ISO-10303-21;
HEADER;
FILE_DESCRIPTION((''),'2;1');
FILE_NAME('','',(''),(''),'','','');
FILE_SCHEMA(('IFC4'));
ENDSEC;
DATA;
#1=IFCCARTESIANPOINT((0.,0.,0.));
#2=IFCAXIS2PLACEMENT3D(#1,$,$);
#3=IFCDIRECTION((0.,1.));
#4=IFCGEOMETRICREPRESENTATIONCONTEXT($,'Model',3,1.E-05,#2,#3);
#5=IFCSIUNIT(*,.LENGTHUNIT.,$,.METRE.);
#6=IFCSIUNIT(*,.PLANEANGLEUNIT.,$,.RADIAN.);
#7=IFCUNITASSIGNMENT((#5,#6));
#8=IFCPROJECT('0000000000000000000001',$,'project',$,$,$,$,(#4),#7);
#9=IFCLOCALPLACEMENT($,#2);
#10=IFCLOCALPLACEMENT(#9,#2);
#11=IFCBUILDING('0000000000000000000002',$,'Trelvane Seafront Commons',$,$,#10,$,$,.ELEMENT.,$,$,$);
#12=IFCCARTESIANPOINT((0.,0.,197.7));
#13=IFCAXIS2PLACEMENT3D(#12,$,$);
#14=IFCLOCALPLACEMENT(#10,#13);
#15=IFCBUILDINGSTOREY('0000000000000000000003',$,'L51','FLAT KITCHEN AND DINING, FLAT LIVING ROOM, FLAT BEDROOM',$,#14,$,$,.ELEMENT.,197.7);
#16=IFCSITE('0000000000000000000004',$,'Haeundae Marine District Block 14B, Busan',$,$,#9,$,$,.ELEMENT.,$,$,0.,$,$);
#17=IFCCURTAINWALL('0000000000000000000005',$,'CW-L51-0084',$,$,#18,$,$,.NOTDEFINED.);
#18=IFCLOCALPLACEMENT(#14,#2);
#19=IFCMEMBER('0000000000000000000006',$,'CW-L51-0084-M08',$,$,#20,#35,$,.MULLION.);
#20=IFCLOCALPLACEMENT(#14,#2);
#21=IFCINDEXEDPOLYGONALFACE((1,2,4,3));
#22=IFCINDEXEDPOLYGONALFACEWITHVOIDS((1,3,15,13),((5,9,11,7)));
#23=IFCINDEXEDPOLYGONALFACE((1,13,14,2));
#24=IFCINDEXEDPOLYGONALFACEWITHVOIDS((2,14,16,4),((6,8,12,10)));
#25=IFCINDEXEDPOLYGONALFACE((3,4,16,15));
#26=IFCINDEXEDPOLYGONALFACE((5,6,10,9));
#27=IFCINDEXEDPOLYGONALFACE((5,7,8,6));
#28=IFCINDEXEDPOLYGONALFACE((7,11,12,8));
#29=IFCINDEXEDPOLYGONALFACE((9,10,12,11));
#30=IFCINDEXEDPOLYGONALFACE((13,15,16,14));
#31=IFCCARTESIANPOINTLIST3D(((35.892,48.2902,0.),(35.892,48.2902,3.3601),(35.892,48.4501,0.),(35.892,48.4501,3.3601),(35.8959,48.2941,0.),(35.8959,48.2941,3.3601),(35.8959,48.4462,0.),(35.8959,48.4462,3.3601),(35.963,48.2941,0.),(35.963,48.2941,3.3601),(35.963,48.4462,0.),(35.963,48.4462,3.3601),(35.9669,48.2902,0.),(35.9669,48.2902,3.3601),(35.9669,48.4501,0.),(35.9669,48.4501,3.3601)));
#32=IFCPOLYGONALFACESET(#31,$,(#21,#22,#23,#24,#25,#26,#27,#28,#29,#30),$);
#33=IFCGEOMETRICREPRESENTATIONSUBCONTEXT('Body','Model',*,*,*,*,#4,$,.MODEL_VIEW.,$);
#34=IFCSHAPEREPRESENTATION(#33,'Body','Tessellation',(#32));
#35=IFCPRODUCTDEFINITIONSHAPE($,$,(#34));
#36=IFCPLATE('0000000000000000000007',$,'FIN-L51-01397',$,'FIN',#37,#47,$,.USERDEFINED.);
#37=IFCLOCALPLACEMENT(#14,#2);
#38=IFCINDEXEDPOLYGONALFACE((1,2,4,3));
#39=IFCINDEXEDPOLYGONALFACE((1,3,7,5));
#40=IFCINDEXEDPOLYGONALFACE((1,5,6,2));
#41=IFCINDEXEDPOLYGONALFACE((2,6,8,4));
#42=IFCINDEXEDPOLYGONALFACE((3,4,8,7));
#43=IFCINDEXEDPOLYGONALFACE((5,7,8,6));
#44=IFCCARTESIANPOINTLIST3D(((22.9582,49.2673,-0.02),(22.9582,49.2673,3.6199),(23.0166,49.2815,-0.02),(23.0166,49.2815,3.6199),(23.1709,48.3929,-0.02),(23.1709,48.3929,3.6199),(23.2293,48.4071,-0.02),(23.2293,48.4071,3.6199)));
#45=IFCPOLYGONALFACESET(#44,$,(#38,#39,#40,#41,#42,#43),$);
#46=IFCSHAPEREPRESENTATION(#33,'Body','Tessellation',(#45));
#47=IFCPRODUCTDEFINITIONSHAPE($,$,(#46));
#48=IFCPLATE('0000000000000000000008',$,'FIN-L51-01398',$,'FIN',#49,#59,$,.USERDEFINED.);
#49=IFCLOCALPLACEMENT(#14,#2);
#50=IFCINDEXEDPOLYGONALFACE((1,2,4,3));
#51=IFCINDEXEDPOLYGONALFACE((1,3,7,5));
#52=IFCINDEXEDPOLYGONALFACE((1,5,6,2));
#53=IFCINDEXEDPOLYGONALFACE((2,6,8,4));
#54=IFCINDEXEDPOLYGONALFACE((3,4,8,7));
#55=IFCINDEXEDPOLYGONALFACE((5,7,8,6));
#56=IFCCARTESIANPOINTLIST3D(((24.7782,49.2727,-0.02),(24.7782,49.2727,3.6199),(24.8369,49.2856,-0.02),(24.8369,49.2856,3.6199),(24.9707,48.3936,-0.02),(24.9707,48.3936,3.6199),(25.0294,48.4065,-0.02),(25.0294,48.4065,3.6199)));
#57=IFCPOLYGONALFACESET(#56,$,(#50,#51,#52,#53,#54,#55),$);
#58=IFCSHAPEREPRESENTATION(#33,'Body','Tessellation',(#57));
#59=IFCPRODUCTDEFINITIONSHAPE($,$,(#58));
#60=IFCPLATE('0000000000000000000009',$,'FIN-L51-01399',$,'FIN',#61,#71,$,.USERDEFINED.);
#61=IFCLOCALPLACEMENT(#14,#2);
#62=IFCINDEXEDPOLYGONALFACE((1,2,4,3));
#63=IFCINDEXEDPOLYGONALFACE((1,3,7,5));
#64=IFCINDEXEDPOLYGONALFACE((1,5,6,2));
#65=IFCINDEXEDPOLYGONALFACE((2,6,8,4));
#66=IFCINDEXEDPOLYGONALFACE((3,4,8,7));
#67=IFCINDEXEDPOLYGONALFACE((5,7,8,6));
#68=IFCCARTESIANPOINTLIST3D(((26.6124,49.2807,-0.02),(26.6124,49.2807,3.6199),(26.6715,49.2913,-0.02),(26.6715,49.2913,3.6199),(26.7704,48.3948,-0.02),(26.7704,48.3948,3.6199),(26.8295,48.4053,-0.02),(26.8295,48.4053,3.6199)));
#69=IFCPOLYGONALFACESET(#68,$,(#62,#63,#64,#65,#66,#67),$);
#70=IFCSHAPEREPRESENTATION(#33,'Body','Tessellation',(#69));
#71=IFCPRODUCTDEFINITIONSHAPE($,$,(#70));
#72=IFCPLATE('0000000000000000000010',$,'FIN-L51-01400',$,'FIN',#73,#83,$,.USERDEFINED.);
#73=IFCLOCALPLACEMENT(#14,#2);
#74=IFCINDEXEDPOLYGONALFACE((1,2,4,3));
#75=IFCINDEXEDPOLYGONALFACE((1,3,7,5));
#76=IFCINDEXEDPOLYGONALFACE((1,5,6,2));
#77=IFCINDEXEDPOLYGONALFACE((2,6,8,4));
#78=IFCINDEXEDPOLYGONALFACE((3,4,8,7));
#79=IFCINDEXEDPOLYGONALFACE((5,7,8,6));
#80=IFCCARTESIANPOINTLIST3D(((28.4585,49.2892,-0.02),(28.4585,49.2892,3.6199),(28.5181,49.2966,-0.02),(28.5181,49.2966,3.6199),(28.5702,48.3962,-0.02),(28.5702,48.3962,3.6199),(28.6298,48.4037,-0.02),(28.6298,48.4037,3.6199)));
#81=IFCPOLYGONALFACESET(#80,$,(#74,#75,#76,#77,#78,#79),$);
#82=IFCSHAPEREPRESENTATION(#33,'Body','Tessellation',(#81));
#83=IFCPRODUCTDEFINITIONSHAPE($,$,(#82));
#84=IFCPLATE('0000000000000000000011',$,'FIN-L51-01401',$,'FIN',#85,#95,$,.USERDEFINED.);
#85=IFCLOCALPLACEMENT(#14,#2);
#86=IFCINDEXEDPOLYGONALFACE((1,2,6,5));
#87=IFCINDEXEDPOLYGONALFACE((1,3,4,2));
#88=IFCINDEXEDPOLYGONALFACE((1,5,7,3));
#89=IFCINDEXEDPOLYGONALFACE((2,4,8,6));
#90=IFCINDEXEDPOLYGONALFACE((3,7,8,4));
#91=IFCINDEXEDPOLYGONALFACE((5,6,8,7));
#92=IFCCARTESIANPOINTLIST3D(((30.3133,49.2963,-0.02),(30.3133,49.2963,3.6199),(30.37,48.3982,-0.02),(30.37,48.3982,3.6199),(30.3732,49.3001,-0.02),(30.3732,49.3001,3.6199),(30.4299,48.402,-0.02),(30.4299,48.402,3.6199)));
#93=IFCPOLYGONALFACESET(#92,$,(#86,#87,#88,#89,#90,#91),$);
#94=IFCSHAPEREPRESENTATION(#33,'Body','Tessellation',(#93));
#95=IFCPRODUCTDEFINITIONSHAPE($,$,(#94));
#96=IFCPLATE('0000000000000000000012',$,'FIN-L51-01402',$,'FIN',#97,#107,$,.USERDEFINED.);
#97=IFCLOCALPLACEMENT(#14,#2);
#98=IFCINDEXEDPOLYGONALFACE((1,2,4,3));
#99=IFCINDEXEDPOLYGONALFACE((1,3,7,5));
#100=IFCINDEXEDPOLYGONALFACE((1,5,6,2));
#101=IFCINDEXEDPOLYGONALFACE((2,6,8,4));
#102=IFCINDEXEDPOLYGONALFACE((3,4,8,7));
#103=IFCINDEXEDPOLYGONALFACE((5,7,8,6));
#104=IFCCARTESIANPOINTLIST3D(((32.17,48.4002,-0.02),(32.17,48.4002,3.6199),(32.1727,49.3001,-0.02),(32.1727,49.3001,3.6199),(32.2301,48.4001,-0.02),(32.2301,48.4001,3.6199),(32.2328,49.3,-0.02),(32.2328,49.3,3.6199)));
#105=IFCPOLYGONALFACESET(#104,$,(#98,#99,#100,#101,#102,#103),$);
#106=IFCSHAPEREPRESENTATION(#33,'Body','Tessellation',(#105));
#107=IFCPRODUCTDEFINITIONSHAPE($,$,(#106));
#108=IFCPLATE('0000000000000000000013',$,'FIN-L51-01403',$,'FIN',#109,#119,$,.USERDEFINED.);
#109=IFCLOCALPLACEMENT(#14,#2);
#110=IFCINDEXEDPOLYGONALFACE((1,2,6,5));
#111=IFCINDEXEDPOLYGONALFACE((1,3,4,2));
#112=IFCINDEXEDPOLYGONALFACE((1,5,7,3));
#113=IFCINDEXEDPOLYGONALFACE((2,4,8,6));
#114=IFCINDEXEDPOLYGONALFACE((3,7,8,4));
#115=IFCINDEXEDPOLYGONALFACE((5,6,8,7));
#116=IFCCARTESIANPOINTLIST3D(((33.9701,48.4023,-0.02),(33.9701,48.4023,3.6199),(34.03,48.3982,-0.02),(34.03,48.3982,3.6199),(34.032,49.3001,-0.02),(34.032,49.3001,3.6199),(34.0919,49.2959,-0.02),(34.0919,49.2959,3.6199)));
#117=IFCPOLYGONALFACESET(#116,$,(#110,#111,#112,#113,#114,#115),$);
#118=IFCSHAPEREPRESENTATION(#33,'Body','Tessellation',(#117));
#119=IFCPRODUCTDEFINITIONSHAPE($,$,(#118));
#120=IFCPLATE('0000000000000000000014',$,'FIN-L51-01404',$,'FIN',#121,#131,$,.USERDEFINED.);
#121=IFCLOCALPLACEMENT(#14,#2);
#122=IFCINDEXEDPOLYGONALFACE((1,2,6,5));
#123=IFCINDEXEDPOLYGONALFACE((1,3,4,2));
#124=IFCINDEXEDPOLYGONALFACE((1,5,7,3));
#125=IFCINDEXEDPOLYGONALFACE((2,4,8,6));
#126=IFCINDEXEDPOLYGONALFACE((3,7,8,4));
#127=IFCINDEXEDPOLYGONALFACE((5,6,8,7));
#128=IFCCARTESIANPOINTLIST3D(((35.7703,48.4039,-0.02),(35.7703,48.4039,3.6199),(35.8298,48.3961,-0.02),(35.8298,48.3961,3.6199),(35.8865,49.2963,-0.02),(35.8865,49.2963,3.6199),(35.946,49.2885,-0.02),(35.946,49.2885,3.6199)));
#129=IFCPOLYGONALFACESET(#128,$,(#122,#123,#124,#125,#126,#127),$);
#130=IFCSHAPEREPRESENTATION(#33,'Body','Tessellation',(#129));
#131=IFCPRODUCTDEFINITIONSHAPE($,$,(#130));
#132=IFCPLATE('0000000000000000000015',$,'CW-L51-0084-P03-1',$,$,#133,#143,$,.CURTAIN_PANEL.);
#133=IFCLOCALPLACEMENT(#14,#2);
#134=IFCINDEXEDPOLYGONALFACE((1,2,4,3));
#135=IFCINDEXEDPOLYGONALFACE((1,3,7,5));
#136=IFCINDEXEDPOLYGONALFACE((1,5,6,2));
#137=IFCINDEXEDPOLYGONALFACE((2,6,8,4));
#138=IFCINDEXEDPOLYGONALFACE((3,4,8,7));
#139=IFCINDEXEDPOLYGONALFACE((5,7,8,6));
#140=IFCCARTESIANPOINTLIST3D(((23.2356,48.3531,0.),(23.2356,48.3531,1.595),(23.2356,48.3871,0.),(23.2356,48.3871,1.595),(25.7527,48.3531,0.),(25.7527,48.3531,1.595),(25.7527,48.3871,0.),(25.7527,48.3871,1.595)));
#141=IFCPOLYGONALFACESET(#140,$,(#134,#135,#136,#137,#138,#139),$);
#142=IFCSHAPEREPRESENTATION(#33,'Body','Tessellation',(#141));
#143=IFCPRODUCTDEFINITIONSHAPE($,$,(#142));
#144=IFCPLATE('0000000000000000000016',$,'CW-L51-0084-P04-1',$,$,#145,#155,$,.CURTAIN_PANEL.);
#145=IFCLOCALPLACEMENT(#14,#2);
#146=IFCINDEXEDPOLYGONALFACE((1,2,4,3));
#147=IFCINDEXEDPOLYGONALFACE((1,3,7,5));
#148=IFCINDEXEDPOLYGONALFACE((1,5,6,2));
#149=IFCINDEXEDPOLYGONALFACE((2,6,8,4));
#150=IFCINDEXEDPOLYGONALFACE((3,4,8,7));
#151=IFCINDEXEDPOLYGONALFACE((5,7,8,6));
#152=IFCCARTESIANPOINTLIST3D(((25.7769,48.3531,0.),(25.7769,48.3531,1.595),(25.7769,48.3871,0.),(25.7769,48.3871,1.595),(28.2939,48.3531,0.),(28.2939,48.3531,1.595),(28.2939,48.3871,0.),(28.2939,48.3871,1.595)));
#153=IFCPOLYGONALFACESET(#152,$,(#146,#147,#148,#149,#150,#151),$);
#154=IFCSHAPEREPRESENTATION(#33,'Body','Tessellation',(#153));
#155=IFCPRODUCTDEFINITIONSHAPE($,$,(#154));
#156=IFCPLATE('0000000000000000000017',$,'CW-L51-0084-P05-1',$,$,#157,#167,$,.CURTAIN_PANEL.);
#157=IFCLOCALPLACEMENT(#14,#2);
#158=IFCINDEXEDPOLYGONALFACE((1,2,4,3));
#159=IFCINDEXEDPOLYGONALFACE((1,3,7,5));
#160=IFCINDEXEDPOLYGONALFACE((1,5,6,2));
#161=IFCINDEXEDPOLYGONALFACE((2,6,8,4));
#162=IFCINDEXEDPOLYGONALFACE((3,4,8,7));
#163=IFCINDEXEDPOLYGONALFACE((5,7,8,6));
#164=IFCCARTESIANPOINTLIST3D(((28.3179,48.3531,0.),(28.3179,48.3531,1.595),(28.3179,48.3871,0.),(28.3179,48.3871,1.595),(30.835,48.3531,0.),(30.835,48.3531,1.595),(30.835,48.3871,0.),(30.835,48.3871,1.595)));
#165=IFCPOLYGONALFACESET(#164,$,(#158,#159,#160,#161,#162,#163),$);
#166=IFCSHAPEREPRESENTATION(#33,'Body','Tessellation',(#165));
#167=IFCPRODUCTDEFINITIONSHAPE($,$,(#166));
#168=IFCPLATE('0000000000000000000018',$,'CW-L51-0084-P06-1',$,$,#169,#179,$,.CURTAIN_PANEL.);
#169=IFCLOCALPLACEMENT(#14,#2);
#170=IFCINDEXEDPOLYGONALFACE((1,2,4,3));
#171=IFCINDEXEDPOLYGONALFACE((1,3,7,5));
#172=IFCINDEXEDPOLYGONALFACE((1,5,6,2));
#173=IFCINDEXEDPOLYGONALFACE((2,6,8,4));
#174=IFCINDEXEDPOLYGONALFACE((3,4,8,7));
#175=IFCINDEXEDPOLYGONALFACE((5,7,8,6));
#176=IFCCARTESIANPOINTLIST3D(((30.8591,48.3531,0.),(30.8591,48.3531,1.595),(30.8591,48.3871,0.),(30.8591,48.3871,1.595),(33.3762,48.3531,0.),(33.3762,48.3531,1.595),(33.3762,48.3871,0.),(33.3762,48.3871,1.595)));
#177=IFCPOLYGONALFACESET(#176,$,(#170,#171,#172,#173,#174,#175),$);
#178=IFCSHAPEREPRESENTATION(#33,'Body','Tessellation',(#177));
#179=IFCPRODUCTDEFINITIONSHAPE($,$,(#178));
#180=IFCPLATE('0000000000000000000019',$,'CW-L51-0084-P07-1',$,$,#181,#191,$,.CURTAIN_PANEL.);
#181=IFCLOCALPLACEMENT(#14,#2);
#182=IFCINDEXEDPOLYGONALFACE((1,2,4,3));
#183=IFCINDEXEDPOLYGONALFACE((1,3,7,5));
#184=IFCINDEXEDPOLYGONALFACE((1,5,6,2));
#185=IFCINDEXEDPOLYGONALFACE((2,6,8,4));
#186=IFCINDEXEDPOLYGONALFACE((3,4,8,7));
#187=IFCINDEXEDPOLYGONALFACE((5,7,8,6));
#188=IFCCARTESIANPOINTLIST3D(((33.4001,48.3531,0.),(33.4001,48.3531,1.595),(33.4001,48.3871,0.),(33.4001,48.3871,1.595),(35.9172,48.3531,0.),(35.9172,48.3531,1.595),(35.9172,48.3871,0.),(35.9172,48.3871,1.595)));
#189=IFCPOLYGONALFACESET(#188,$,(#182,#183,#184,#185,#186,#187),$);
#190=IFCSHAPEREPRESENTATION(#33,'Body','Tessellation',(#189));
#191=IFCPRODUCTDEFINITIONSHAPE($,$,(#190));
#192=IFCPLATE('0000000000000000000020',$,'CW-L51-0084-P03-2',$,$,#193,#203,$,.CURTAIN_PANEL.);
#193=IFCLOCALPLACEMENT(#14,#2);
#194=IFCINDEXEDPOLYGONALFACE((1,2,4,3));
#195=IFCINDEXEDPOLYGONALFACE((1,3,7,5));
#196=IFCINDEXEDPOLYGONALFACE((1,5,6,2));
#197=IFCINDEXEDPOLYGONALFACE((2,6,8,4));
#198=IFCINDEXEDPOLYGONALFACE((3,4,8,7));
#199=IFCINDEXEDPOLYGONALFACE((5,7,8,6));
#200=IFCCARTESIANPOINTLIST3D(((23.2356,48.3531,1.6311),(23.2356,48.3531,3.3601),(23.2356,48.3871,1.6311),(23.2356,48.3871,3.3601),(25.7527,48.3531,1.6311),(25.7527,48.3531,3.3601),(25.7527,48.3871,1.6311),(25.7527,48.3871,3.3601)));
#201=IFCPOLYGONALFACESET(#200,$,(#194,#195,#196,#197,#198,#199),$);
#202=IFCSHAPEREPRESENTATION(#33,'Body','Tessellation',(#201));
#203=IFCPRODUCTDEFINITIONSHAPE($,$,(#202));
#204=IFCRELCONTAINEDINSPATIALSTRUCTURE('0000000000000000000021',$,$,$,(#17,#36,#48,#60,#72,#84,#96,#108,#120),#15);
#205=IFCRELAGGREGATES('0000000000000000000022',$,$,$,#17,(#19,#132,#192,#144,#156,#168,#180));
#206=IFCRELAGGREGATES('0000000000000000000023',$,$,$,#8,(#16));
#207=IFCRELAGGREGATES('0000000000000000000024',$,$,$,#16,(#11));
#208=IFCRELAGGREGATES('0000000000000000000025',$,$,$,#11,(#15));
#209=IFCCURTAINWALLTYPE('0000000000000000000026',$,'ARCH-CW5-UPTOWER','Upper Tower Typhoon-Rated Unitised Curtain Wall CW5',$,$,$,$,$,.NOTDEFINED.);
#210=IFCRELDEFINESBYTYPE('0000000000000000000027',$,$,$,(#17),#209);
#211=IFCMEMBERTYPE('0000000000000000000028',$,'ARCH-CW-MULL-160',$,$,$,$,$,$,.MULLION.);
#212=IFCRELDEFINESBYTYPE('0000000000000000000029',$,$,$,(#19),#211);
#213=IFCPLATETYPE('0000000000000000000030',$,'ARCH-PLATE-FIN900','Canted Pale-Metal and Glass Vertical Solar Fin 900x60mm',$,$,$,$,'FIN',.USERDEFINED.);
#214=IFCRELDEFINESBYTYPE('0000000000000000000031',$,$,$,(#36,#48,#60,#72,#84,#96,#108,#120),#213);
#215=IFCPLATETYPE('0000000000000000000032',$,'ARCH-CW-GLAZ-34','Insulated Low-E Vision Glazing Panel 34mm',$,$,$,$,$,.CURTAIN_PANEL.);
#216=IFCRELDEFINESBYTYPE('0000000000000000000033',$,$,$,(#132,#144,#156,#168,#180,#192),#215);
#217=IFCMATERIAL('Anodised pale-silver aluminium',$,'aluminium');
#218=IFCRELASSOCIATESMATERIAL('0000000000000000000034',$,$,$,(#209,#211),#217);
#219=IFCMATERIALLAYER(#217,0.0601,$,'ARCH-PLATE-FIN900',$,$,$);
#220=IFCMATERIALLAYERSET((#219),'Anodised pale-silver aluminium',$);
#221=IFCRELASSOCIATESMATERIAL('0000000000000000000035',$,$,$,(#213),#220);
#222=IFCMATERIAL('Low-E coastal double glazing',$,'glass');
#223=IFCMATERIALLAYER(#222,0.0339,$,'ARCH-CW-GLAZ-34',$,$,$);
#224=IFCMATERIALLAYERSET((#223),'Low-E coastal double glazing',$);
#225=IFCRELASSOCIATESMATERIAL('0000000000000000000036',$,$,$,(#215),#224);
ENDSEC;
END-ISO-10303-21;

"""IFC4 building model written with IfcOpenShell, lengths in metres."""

from ifc_helpers import new_model, si_unit, direction, frame, origin, origin_2d, place, context, subcontext, project, spatial, rectangle, hollow_rectangle, extrude, source, transform, mapped, material, layer, layer_set, material_profile, profile_set, type_object, element, aggregate, save


model = new_model("IFC4")

# Units and contexts
model_context = context("Model", 3, precision=1e-05, world=origin(), true_north=direction((0.0, 1.0)))
body_context = subcontext(model_context, "Body", "Model", "MODEL_VIEW")
ifc_project = project(units=[si_unit("LENGTHUNIT", "METRE"), si_unit("PLANEANGLEUNIT", "RADIAN")], contexts=[model_context])

# Site, building, storey
site_placement = place(None, origin())
site = spatial("IfcSite", under=ifc_project, at=site_placement, Name="Haeundae Marine District Block 14B, Busan", CompositionType="ELEMENT", RefElevation=0.0)
building_placement = place(site_placement, origin())
building = spatial("IfcBuilding", under=site, at=building_placement, Name="Trelvane Seafront Commons", CompositionType="ELEMENT")
storey_placement = place(building_placement, frame((0.0, 0.0, 197.7)))
storey = spatial("IfcBuildingStorey", under=building, at=storey_placement, Name="L51", Description="FLAT KITCHEN AND DINING, FLAT LIVING ROOM, FLAT BEDROOM", CompositionType="ELEMENT", Elevation=197.7)

# Curtain wall, member
ifc_material_1 = material(Name="Anodised pale-silver aluminium", Category="aluminium")
curtain_wall_type = type_object("IfcCurtainWallType", Name="ARCH-CW5-UPTOWER", Description="Upper Tower Typhoon-Rated Unitised Curtain Wall CW5", PredefinedType="NOTDEFINED", material=ifc_material_1)
curtain_wall_placement = place(storey_placement, origin())
curtain_wall = element("IfcCurtainWall", 1, at=curtain_wall_placement, inside=storey, type_object=curtain_wall_type, Name="CW-L51-0084", PredefinedType="NOTDEFINED")
ifc_material_profile_1 = material_profile(ifc_material_1, hollow_rectangle(XDim=0.075, YDim=0.1599, WallThickness=0.0039, at=origin_2d()), Name="MULL-75x160x4")
ifc_profile_set_1 = profile_set([ifc_material_profile_1], Name="Anodised pale-silver aluminium")
member_type_1 = type_object("IfcMemberType", Name="ARCH-CW-MULL-160", PredefinedType="MULLION", material=ifc_profile_set_1)
shared_shape_1 = source(origin(), body_context, "Body", "SweptSolid", [
    extrude(hollow_rectangle(XDim=0.075, YDim=0.1599, WallThickness=0.0039, at=origin_2d()), origin(), (0.0, 0.0, 1.0), 3.3601),
])
member_1_placement = place(storey_placement, frame((35.9294, 48.3701, 0.0), z_axis=(0.0, 0.0, 1.0), x_axis=(1.0, 0.0, 0.0)))
member_1 = element("IfcMember", 2, at=member_1_placement, type_object=member_type_1, Name="CW-L51-0084-M08", PredefinedType="MULLION", context=body_context, shape_type="MappedRepresentation", body=[
    mapped(shared_shape_1, transform((0.0, 0.0, 0.0), x_axis=(1.0, 0.0, 0.0), y_axis=(0.0, 1.0, 0.0), z_axis=(0.0, 0.0, 1.0), scale=1.0)),
])

# Plates
ifc_layer_1 = layer(ifc_material_1, 0.0601, Name="ARCH-PLATE-FIN900")
ifc_layer_set_1 = layer_set([ifc_layer_1], Name="Anodised pale-silver aluminium")
plate_type_1 = type_object("IfcPlateType", Name="ARCH-PLATE-FIN900", Description="Canted Pale-Metal and Glass Vertical Solar Fin 900x60mm", ElementType="FIN", PredefinedType="USERDEFINED", material=ifc_layer_set_1)
shared_shape_2 = source(origin(), body_context, "Body", "SweptSolid", [
    extrude(rectangle(XDim=0.8999, YDim=0.0601, at=origin_2d()), origin(), (0.0, 0.0, 1.0), 3.6399),
])
for number, where, z_axis, x_axis, name in (
    (3, (23.0938, 48.8372, -0.02), (0.0, 0.0, 1.0), (-0.236334, 0.971672, 0.0), "FIN-L51-01397"),
    (4, (24.9038, 48.8396, -0.02), (0.0, 0.0, 1.0), (-0.213883, 0.976859, 0.0), "FIN-L51-01398"),
    (5, (26.7209, 48.843, -0.02), (0.0, 0.0, 1.0), (-0.175559, 0.984469, 0.0), "FIN-L51-01399"),
    (6, (28.5442, 48.8464, -0.02), (0.0, 0.0, 1.0), (-0.124118, 0.992268, 0.0), "FIN-L51-01400"),
    (7, (30.3716, 48.8491, -0.02), (0.0, 0.0, 1.0), (-0.063001, 0.998013, 0.0), "FIN-L51-01401"),
    (8, (32.2014, 48.8501, -0.02), (0.0, 0.0, 1.0), (0.003, 0.999995, 0.0), "FIN-L51-01402"),
    (9, (34.031, 48.8491, -0.02), (0.0, 0.0, 1.0), (0.068776, 0.997632, 0.0), "FIN-L51-01403"),
    (10, (35.8582, 48.8462, -0.02), (0.0, 0.0, 1.0), (0.129107, 0.991631, 0.0), "FIN-L51-01404"),
):
    element("IfcPlate", number, at=place(storey_placement, frame(where, z_axis=z_axis, x_axis=x_axis)), inside=storey, type_object=plate_type_1, Name=name, ObjectType="FIN", PredefinedType="USERDEFINED", context=body_context, shape_type="MappedRepresentation", body=[
        mapped(shared_shape_2, transform((0.0, 0.0, 0.0), x_axis=(1.0, 0.0, 0.0), y_axis=(0.0, 1.0, 0.0), z_axis=(0.0, 0.0, 1.0), scale=1.0)),
    ])

# Plates
ifc_material_2 = material(Name="Low-E coastal double glazing", Category="glass")
ifc_layer_2 = layer(ifc_material_2, 0.0339, Name="ARCH-CW-GLAZ-34")
ifc_layer_set_2 = layer_set([ifc_layer_2], Name="Low-E coastal double glazing")
plate_type_2 = type_object("IfcPlateType", Name="ARCH-CW-GLAZ-34", Description="Insulated Low-E Vision Glazing Panel 34mm", PredefinedType="CURTAIN_PANEL", material=ifc_layer_set_2)
shared_shape_3 = source(origin(), body_context, "Body", "SweptSolid", [
    extrude(rectangle(XDim=2.5171, YDim=0.0339, at=origin_2d()), origin(), (0.0, 0.0, 1.0), 1.595),
])
plate_1_placement = place(storey_placement, frame((24.4941, 48.3701, 0.0), z_axis=(0.0, 0.0, 1.0), x_axis=(1.0, 0.0, 0.0)))
plate_1 = element("IfcPlate", 11, at=plate_1_placement, type_object=plate_type_2, Name="CW-L51-0084-P03-1", PredefinedType="CURTAIN_PANEL", context=body_context, shape_type="MappedRepresentation", body=[
    mapped(shared_shape_3, transform((0.0, 0.0, 0.0), x_axis=(1.0, 0.0, 0.0), y_axis=(0.0, 1.0, 0.0), z_axis=(0.0, 0.0, 1.0), scale=1.0)),
])
plate_2_placement = place(storey_placement, frame((27.0354, 48.3701, 0.0), z_axis=(0.0, 0.0, 1.0), x_axis=(1.0, 0.0, 0.0)))
plate_2 = element("IfcPlate", 12, at=plate_2_placement, type_object=plate_type_2, Name="CW-L51-0084-P04-1", PredefinedType="CURTAIN_PANEL", context=body_context, shape_type="MappedRepresentation", body=[
    mapped(shared_shape_3, transform((0.0, 0.0, 0.0), x_axis=(1.0, 0.0, 0.0), y_axis=(0.0, 1.0, 0.0), z_axis=(0.0, 0.0, 1.0), scale=1.0)),
])
plate_3_placement = place(storey_placement, frame((29.5764, 48.3701, 0.0), z_axis=(0.0, 0.0, 1.0), x_axis=(1.0, 0.0, 0.0)))
plate_3 = element("IfcPlate", 13, at=plate_3_placement, type_object=plate_type_2, Name="CW-L51-0084-P05-1", PredefinedType="CURTAIN_PANEL", context=body_context, shape_type="MappedRepresentation", body=[
    mapped(shared_shape_3, transform((0.0, 0.0, 0.0), x_axis=(1.0, 0.0, 0.0), y_axis=(0.0, 1.0, 0.0), z_axis=(0.0, 0.0, 1.0), scale=1.0)),
])
plate_4_placement = place(storey_placement, frame((32.1177, 48.3701, 0.0), z_axis=(0.0, 0.0, 1.0), x_axis=(1.0, 0.0, 0.0)))
plate_4 = element("IfcPlate", 14, at=plate_4_placement, type_object=plate_type_2, Name="CW-L51-0084-P06-1", PredefinedType="CURTAIN_PANEL", context=body_context, shape_type="MappedRepresentation", body=[
    mapped(shared_shape_3, transform((0.0, 0.0, 0.0), x_axis=(1.0, 0.0, 0.0), y_axis=(0.0, 1.0, 0.0), z_axis=(0.0, 0.0, 1.0), scale=1.0)),
])
plate_5_placement = place(storey_placement, frame((34.6587, 48.3701, 0.0), z_axis=(0.0, 0.0, 1.0), x_axis=(1.0, 0.0, 0.0)))
plate_5 = element("IfcPlate", 15, at=plate_5_placement, type_object=plate_type_2, Name="CW-L51-0084-P07-1", PredefinedType="CURTAIN_PANEL", context=body_context, shape_type="MappedRepresentation", body=[
    mapped(shared_shape_3, transform((0.0, 0.0, 0.0), x_axis=(1.0, 0.0, 0.0), y_axis=(0.0, 1.0, 0.0), z_axis=(0.0, 0.0, 1.0), scale=1.0)),
])
shared_shape_4 = source(origin(), body_context, "Body", "SweptSolid", [
    extrude(rectangle(XDim=2.5171, YDim=0.0339, at=origin_2d()), origin(), (0.0, 0.0, 1.0), 1.729),
])
plate_6_placement = place(storey_placement, frame((24.4941, 48.3701, 1.6311), z_axis=(0.0, 0.0, 1.0), x_axis=(1.0, 0.0, 0.0)))
plate_6 = element("IfcPlate", 16, at=plate_6_placement, type_object=plate_type_2, Name="CW-L51-0084-P03-2", PredefinedType="CURTAIN_PANEL", context=body_context, shape_type="MappedRepresentation", body=[
    mapped(shared_shape_4, transform((0.0, 0.0, 0.0), x_axis=(1.0, 0.0, 0.0), y_axis=(0.0, 1.0, 0.0), z_axis=(0.0, 0.0, 1.0), scale=1.0)),
])
aggregate(curtain_wall, [member_1, plate_1, plate_6, plate_2, plate_3, plate_4, plate_5])

save(model, "model.ifc")
